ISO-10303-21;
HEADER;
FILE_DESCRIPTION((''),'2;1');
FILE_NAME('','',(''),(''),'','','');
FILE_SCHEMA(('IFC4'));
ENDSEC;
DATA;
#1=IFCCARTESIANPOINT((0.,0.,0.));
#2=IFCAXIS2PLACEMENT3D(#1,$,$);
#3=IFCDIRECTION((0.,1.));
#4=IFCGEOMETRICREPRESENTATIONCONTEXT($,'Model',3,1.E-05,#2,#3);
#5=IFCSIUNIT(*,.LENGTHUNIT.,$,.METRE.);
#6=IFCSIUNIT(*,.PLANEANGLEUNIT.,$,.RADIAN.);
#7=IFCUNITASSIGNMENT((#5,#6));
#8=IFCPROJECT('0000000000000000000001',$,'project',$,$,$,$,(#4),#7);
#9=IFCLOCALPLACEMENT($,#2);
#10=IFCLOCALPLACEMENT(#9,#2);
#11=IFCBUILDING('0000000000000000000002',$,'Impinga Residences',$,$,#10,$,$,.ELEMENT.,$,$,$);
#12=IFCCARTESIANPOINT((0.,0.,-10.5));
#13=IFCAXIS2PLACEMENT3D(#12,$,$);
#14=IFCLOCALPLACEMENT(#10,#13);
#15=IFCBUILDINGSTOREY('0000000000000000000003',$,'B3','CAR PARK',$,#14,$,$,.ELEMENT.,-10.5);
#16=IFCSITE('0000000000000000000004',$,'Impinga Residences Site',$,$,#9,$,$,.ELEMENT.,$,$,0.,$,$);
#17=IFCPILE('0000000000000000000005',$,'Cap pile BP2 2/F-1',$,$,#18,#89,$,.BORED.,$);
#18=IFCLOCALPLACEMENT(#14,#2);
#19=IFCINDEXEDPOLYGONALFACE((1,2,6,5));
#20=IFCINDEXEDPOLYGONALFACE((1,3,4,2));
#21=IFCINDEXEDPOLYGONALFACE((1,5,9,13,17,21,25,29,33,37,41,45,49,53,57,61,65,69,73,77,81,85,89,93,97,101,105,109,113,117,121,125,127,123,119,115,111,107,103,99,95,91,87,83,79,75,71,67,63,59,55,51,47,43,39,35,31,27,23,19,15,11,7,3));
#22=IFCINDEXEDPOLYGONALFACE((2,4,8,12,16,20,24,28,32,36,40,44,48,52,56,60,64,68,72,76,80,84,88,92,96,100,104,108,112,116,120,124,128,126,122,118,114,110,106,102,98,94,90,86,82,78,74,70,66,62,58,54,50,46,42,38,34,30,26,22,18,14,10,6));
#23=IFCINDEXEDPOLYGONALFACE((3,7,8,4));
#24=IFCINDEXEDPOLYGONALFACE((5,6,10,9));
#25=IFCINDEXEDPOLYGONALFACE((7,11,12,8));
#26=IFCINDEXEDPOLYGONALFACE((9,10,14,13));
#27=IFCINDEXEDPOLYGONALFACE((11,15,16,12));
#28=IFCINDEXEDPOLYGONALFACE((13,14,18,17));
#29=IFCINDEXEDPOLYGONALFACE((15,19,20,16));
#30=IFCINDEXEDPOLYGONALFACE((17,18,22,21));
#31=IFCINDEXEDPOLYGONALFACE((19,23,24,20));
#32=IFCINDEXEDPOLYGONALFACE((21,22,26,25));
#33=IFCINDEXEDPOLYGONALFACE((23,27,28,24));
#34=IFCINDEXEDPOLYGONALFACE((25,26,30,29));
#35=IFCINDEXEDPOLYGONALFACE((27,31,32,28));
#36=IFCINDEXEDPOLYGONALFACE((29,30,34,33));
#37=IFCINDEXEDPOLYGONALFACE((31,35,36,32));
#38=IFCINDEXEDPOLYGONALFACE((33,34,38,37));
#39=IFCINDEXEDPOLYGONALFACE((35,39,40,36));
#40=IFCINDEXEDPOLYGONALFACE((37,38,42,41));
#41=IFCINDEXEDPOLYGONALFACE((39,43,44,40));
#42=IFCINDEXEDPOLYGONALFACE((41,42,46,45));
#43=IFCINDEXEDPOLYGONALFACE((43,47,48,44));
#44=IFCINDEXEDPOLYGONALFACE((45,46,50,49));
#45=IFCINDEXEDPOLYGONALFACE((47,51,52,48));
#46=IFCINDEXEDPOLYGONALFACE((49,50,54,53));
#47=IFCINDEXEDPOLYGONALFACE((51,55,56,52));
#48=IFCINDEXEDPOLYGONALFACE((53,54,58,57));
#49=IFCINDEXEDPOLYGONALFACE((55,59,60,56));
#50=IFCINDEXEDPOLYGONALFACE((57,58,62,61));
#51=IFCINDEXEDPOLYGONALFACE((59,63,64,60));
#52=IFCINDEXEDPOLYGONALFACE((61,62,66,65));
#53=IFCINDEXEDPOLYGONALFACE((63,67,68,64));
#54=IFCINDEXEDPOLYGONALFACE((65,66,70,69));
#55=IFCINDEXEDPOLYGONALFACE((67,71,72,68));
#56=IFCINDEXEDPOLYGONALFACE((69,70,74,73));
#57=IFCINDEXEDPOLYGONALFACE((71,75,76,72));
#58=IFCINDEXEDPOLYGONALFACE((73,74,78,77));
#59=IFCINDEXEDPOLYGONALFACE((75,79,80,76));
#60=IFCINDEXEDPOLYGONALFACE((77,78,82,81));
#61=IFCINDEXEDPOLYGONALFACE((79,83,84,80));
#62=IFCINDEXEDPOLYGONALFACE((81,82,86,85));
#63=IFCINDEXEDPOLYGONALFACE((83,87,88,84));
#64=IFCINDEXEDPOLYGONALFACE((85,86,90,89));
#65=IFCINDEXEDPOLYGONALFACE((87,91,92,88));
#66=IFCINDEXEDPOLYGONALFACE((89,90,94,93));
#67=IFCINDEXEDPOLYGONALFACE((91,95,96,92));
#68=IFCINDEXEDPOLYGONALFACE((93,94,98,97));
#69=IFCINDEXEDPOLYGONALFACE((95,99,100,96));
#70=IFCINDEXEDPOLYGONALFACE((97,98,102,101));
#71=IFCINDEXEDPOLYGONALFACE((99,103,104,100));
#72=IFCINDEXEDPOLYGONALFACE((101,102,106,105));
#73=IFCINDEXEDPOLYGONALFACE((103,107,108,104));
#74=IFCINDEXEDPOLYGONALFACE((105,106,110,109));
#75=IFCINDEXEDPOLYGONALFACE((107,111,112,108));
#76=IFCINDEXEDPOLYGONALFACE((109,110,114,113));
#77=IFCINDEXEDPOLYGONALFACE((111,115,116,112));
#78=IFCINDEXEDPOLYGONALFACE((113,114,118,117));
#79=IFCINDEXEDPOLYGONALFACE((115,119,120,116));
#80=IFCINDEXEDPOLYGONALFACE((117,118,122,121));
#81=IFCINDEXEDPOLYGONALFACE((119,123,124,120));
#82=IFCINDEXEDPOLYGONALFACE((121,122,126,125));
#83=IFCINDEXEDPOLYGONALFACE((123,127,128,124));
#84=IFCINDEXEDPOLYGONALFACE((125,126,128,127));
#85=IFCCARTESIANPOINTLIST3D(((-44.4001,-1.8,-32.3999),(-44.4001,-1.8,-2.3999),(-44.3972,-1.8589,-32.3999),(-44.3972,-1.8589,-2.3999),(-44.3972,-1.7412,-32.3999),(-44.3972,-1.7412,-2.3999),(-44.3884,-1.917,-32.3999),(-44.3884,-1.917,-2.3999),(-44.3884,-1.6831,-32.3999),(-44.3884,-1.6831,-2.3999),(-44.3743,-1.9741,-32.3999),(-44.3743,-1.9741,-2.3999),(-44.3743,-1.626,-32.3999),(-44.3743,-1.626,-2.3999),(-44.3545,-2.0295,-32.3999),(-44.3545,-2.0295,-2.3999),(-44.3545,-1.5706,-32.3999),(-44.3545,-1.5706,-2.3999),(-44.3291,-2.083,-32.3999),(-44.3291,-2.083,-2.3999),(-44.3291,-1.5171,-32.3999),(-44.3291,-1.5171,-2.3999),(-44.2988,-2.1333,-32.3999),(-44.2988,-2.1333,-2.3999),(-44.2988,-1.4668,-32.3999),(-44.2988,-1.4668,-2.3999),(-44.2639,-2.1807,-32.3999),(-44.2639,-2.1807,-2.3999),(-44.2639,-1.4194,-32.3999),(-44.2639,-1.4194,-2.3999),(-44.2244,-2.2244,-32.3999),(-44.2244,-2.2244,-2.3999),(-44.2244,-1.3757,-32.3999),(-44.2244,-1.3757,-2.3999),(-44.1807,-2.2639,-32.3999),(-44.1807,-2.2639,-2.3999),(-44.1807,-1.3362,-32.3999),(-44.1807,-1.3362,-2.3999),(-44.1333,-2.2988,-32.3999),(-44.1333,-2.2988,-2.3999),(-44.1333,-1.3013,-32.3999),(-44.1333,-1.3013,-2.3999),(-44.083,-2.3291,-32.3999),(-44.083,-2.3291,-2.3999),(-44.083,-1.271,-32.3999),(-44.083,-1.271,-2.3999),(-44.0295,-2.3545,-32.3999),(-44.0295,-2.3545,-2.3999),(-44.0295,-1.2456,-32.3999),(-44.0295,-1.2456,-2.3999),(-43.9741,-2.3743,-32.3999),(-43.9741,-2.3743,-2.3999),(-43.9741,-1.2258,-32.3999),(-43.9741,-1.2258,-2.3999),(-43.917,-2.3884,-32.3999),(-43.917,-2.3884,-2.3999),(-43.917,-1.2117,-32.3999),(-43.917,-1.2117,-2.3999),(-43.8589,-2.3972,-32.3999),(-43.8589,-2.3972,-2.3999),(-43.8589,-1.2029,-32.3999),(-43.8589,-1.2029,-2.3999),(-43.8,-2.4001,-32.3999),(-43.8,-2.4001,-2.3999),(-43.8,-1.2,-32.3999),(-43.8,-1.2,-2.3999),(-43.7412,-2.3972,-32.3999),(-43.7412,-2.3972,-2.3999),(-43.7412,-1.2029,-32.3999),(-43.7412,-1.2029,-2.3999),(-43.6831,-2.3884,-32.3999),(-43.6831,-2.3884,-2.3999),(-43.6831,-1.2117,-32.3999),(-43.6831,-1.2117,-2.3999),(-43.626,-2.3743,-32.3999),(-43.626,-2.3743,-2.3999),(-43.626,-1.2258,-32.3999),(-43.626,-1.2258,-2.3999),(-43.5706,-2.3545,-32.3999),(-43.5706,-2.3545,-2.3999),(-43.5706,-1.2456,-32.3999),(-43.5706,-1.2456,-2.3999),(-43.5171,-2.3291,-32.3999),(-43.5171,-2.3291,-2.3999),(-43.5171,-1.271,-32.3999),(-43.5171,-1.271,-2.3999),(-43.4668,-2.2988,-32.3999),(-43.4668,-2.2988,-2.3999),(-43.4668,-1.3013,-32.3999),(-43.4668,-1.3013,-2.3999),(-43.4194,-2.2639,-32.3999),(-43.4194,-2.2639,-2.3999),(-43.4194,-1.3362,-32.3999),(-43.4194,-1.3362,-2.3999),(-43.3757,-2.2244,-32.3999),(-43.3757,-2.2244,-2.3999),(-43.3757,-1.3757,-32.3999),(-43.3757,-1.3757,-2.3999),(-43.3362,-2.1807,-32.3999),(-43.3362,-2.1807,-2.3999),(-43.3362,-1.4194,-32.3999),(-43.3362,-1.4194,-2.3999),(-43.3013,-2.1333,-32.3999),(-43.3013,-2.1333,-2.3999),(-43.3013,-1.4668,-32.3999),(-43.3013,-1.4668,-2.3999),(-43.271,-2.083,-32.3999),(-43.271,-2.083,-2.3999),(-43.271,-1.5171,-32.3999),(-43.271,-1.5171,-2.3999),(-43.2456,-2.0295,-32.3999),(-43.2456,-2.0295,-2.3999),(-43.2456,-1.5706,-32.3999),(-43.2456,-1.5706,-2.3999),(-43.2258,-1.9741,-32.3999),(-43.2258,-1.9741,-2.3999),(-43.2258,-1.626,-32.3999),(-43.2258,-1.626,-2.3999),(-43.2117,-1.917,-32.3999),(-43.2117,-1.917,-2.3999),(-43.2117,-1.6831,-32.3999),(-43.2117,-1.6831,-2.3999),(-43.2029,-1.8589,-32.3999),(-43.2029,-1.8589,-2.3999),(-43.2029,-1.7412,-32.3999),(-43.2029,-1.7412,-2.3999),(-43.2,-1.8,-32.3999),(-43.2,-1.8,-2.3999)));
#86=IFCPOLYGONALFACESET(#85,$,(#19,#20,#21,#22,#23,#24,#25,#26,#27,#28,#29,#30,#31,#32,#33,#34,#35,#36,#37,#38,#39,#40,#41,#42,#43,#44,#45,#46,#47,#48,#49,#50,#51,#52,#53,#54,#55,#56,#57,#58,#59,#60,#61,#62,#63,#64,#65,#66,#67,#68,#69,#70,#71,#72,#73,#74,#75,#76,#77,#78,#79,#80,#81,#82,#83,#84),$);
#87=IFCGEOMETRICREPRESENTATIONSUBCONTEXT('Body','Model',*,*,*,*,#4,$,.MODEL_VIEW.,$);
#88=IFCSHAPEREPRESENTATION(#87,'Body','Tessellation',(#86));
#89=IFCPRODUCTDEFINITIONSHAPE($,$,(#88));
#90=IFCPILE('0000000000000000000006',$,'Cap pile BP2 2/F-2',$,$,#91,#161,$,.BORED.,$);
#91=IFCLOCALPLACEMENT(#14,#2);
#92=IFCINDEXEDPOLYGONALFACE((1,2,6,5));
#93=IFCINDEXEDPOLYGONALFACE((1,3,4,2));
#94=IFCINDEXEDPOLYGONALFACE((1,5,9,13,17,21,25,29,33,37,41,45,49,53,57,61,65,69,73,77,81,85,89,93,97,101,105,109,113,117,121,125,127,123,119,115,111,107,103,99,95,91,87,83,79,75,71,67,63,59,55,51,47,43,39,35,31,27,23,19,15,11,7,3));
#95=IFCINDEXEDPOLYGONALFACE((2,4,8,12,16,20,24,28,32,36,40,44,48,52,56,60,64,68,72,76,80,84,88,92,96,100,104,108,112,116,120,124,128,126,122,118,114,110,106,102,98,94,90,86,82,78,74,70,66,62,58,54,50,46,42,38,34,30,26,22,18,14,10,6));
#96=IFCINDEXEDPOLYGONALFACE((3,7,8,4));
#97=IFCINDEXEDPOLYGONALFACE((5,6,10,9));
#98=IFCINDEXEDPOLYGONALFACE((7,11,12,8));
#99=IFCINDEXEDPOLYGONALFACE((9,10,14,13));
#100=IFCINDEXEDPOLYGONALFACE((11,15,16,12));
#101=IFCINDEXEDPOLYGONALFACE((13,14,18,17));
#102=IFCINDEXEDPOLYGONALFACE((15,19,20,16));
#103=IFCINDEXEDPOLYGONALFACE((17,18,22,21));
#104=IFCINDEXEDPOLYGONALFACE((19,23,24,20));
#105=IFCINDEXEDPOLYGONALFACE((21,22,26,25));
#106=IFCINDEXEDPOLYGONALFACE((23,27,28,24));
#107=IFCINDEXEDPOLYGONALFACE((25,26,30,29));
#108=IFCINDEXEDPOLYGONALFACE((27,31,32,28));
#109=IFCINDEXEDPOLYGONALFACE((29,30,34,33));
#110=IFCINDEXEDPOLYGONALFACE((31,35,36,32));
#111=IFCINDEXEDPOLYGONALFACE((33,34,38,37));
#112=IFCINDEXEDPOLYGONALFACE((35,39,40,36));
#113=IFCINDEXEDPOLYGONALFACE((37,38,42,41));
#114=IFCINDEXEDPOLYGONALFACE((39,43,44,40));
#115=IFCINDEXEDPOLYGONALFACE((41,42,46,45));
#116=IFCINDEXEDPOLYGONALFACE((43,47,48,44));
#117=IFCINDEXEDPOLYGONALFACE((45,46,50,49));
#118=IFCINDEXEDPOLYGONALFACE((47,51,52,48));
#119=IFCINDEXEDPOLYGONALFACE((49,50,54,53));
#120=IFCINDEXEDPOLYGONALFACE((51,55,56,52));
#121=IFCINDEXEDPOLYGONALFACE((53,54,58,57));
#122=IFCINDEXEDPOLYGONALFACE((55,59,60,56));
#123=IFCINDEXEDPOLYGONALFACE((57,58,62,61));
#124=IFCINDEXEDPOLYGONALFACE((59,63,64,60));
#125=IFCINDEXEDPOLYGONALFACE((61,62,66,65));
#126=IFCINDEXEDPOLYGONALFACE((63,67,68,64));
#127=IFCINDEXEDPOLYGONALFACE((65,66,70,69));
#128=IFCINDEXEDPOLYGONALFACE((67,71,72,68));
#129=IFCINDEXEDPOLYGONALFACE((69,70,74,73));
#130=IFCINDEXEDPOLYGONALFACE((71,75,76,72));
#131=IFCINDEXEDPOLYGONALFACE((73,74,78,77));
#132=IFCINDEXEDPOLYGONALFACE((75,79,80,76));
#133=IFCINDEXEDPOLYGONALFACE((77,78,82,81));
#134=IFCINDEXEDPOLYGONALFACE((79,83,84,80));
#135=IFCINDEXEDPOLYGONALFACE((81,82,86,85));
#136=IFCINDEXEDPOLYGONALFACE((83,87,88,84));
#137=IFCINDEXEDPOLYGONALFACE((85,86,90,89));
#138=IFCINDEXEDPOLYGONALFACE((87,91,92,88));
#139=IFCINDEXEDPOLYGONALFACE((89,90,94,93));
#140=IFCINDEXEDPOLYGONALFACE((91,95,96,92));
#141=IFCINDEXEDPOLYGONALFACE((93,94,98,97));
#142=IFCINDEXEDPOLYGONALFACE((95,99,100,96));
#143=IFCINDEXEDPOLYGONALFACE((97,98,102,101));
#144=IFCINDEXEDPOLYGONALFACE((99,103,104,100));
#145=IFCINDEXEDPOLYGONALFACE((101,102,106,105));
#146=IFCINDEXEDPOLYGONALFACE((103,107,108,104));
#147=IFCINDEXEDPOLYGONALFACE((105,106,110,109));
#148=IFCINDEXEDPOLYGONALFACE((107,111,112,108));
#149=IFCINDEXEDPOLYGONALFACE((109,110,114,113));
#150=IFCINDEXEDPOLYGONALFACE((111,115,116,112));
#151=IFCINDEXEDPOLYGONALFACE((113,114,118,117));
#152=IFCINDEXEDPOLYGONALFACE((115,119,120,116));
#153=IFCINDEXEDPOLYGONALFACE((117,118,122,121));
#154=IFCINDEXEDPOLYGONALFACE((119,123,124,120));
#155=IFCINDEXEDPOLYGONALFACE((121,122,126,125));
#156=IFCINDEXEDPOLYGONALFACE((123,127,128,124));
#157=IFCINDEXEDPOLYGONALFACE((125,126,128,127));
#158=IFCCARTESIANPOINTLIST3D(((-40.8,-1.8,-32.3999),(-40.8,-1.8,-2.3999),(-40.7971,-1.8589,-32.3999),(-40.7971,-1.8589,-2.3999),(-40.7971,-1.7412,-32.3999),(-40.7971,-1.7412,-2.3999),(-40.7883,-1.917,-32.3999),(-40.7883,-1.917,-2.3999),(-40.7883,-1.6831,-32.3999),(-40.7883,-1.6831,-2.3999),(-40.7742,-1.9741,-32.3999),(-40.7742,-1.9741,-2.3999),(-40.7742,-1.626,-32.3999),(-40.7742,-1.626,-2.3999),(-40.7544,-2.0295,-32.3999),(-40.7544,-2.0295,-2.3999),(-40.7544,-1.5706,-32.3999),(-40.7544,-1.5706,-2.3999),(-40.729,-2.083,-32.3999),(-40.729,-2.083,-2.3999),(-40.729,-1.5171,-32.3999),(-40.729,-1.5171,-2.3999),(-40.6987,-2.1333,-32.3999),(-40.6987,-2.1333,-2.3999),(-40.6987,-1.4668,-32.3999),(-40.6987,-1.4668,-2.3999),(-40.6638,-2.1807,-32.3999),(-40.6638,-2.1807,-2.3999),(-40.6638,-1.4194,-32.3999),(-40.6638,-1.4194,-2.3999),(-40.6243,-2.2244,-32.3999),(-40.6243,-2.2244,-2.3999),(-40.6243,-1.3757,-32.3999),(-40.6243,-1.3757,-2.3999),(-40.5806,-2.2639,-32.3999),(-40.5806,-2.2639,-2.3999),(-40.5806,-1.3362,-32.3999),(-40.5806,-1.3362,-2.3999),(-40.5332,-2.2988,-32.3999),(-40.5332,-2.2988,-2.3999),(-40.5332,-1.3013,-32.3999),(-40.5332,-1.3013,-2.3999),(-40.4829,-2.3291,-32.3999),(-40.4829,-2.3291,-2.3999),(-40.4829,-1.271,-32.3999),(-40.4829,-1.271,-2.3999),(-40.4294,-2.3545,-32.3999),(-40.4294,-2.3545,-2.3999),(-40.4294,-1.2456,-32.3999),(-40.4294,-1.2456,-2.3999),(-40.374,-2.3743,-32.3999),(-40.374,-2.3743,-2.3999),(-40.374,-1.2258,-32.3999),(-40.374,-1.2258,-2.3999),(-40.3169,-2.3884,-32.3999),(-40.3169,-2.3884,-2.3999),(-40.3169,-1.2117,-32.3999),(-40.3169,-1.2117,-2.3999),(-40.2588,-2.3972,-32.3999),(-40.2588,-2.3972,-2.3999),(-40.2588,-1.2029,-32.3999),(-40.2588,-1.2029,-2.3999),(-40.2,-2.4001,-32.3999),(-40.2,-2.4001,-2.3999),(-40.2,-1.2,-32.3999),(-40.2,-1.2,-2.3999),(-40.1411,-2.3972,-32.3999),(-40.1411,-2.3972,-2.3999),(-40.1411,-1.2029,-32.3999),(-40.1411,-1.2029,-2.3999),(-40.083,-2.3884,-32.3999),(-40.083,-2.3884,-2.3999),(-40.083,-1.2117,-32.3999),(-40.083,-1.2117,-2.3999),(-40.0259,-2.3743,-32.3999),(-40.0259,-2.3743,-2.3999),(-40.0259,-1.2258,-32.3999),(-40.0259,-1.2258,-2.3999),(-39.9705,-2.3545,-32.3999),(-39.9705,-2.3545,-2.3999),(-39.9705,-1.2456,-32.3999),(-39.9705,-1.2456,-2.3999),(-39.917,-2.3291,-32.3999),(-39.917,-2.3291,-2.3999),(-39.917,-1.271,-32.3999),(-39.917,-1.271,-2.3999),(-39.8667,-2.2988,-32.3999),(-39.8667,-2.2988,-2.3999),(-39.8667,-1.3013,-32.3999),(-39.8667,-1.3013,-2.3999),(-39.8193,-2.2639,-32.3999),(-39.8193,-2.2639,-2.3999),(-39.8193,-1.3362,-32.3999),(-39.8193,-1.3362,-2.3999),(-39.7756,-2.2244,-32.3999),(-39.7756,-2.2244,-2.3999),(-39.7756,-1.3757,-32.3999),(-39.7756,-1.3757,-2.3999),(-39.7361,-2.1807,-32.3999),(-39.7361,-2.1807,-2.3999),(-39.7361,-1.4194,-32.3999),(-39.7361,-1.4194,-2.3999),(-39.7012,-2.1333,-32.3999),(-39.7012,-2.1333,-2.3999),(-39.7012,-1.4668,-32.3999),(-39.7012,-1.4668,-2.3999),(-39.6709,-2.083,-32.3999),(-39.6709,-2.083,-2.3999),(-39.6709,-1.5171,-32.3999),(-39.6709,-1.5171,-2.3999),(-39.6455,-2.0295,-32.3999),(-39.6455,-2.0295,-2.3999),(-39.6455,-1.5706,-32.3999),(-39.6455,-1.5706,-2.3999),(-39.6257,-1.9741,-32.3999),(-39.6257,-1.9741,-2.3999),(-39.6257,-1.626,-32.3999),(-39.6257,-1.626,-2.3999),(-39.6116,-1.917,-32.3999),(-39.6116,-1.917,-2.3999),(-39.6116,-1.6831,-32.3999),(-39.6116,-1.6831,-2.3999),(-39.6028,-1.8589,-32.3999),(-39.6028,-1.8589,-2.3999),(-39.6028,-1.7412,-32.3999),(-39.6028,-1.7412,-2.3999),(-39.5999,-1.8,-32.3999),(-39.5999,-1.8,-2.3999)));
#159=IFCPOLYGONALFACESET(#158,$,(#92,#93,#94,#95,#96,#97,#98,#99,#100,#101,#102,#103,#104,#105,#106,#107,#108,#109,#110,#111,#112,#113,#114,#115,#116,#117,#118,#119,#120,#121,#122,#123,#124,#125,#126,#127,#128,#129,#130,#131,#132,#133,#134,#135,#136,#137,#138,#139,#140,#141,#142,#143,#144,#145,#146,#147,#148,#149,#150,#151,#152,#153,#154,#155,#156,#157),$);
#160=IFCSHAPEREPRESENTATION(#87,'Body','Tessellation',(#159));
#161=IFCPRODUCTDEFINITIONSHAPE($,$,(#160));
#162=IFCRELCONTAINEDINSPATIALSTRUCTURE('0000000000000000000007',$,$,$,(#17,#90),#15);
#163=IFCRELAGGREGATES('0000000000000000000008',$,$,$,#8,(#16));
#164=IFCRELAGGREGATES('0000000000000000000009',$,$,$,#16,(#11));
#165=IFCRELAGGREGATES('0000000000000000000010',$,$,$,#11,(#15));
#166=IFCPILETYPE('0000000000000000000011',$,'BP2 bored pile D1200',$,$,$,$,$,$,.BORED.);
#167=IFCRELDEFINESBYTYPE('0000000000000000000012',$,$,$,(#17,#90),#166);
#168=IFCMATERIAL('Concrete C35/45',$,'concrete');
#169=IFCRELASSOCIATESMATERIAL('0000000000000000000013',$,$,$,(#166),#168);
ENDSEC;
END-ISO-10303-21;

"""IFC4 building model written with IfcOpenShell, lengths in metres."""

from ifc_helpers import new_model, si_unit, direction, frame, origin, origin_2d, place, context, subcontext, project, spatial, polyline, circle, outline, extrude, material, material_profile, profile_set, type_object, element, save


model = new_model("IFC4")

# Units and contexts
model_context = context("Model", 3, precision=1e-05, world=origin(), true_north=direction((0.0, 1.0)))
body_context = subcontext(model_context, "Body", "Model", "MODEL_VIEW")
ifc_project = project(units=[si_unit("LENGTHUNIT", "METRE"), si_unit("PLANEANGLEUNIT", "RADIAN")], contexts=[model_context])

# Site, building, storey
site_placement = place(None, origin())
site = spatial("IfcSite", under=ifc_project, at=site_placement, Name="Impinga Residences Site", CompositionType="ELEMENT", RefElevation=0.0)
building_placement = place(site_placement, origin())
building = spatial("IfcBuilding", under=site, at=building_placement, Name="Impinga Residences", CompositionType="ELEMENT")
storey_placement = place(building_placement, frame((0.0, 0.0, -10.5)))
storey = spatial("IfcBuildingStorey", under=building, at=storey_placement, Name="B3", Description="CAR PARK", CompositionType="ELEMENT", Elevation=-10.5)

# Piles
ifc_material_1 = material(Name="Concrete C35/45", Category="concrete")
ifc_material_profile_1 = material_profile(ifc_material_1, circle(Radius=0.6001, at=origin_2d()), Name="D1200")
ifc_profile_set_1 = profile_set([ifc_material_profile_1], Name="Concrete C35/45")
pile_type_1 = type_object("IfcPileType", Name="BP2 bored pile D1200", PredefinedType="BORED", material=ifc_profile_set_1)
pile_1_placement = place(storey_placement, frame((-43.8, -1.8, -2.3999), z_axis=(0.0, 0.0, -1.0), x_axis=(1.0, 0.0, 0.0)))
element("IfcPile", 1, at=pile_1_placement, inside=storey, type_object=pile_type_1, Name="Cap pile BP2 2/F-1", PredefinedType="BORED", context=body_context, shape_type="SweptSolid", body=[
    extrude(outline(polyline([(0.6001, 0.0), (0.5972, 0.0588), (0.5884, 0.1169), (0.5742, 0.1741), (0.5544, 0.2295), (0.5291, 0.283), (0.4988, 0.3333), (0.4639, 0.3806), (0.4243, 0.4243), (0.3806, 0.4639), (0.3333, 0.4988), (0.283, 0.5291), (0.2295, 0.5544), (0.1741, 0.5742), (0.1169, 0.5884), (0.0588, 0.5972), (0.0, 0.6001), (-0.0588, 0.5972), (-0.1169, 0.5884), (-0.1741, 0.5742), (-0.2295, 0.5544), (-0.283, 0.5291), (-0.3333, 0.4988), (-0.3806, 0.4639), (-0.4243, 0.4243), (-0.4639, 0.3806), (-0.4988, 0.3333), (-0.5291, 0.283), (-0.5544, 0.2295), (-0.5742, 0.1741), (-0.5884, 0.1169), (-0.5972, 0.0588), (-0.6001, 0.0), (-0.5972, -0.0588), (-0.5884, -0.1169), (-0.5742, -0.1741), (-0.5544, -0.2295), (-0.5291, -0.283), (-0.4988, -0.3333), (-0.4639, -0.3806), (-0.4243, -0.4243), (-0.3806, -0.4639), (-0.3333, -0.4988), (-0.283, -0.5291), (-0.2295, -0.5544), (-0.1741, -0.5742), (-0.1169, -0.5884), (-0.0588, -0.5972), (0.0, -0.6001), (0.0588, -0.5972), (0.1169, -0.5884), (0.1741, -0.5742), (0.2295, -0.5544), (0.283, -0.5291), (0.3333, -0.4988), (0.3806, -0.4639), (0.4243, -0.4243), (0.4639, -0.3806), (0.4988, -0.3333), (0.5291, -0.283), (0.5544, -0.2295), (0.5742, -0.1741), (0.5884, -0.1169), (0.5972, -0.0588), (0.6001, 0.0)])), origin(), (0.0, 0.0, 1.0), 30.0),
])
pile_2_placement = place(storey_placement, frame((-40.2, -1.8, -2.3999), z_axis=(0.0, 0.0, -1.0), x_axis=(1.0, 0.0, 0.0)))
element("IfcPile", 2, at=pile_2_placement, inside=storey, type_object=pile_type_1, Name="Cap pile BP2 2/F-2", PredefinedType="BORED", context=body_context, shape_type="SweptSolid", body=[
    extrude(outline(polyline([(0.6001, 0.0), (0.5972, 0.0588), (0.5884, 0.1169), (0.5742, 0.1741), (0.5544, 0.2295), (0.5291, 0.283), (0.4988, 0.3333), (0.4639, 0.3806), (0.4243, 0.4243), (0.3806, 0.4639), (0.3333, 0.4988), (0.283, 0.5291), (0.2295, 0.5544), (0.1741, 0.5742), (0.1169, 0.5884), (0.0588, 0.5972), (0.0, 0.6001), (-0.0588, 0.5972), (-0.1169, 0.5884), (-0.1741, 0.5742), (-0.2295, 0.5544), (-0.283, 0.5291), (-0.3333, 0.4988), (-0.3806, 0.4639), (-0.4243, 0.4243), (-0.4639, 0.3806), (-0.4988, 0.3333), (-0.5291, 0.283), (-0.5544, 0.2295), (-0.5742, 0.1741), (-0.5884, 0.1169), (-0.5972, 0.0588), (-0.6001, 0.0), (-0.5972, -0.0588), (-0.5884, -0.1169), (-0.5742, -0.1741), (-0.5544, -0.2295), (-0.5291, -0.283), (-0.4988, -0.3333), (-0.4639, -0.3806), (-0.4243, -0.4243), (-0.3806, -0.4639), (-0.3333, -0.4988), (-0.283, -0.5291), (-0.2295, -0.5544), (-0.1741, -0.5742), (-0.1169, -0.5884), (-0.0588, -0.5972), (0.0, -0.6001), (0.0588, -0.5972), (0.1169, -0.5884), (0.1741, -0.5742), (0.2295, -0.5544), (0.283, -0.5291), (0.3333, -0.4988), (0.3806, -0.4639), (0.4243, -0.4243), (0.4639, -0.3806), (0.4988, -0.3333), (0.5291, -0.283), (0.5544, -0.2295), (0.5742, -0.1741), (0.5884, -0.1169), (0.5972, -0.0588), (0.6001, 0.0)])), origin(), (0.0, 0.0, 1.0), 30.0),
])

save(model, "model.ifc")
